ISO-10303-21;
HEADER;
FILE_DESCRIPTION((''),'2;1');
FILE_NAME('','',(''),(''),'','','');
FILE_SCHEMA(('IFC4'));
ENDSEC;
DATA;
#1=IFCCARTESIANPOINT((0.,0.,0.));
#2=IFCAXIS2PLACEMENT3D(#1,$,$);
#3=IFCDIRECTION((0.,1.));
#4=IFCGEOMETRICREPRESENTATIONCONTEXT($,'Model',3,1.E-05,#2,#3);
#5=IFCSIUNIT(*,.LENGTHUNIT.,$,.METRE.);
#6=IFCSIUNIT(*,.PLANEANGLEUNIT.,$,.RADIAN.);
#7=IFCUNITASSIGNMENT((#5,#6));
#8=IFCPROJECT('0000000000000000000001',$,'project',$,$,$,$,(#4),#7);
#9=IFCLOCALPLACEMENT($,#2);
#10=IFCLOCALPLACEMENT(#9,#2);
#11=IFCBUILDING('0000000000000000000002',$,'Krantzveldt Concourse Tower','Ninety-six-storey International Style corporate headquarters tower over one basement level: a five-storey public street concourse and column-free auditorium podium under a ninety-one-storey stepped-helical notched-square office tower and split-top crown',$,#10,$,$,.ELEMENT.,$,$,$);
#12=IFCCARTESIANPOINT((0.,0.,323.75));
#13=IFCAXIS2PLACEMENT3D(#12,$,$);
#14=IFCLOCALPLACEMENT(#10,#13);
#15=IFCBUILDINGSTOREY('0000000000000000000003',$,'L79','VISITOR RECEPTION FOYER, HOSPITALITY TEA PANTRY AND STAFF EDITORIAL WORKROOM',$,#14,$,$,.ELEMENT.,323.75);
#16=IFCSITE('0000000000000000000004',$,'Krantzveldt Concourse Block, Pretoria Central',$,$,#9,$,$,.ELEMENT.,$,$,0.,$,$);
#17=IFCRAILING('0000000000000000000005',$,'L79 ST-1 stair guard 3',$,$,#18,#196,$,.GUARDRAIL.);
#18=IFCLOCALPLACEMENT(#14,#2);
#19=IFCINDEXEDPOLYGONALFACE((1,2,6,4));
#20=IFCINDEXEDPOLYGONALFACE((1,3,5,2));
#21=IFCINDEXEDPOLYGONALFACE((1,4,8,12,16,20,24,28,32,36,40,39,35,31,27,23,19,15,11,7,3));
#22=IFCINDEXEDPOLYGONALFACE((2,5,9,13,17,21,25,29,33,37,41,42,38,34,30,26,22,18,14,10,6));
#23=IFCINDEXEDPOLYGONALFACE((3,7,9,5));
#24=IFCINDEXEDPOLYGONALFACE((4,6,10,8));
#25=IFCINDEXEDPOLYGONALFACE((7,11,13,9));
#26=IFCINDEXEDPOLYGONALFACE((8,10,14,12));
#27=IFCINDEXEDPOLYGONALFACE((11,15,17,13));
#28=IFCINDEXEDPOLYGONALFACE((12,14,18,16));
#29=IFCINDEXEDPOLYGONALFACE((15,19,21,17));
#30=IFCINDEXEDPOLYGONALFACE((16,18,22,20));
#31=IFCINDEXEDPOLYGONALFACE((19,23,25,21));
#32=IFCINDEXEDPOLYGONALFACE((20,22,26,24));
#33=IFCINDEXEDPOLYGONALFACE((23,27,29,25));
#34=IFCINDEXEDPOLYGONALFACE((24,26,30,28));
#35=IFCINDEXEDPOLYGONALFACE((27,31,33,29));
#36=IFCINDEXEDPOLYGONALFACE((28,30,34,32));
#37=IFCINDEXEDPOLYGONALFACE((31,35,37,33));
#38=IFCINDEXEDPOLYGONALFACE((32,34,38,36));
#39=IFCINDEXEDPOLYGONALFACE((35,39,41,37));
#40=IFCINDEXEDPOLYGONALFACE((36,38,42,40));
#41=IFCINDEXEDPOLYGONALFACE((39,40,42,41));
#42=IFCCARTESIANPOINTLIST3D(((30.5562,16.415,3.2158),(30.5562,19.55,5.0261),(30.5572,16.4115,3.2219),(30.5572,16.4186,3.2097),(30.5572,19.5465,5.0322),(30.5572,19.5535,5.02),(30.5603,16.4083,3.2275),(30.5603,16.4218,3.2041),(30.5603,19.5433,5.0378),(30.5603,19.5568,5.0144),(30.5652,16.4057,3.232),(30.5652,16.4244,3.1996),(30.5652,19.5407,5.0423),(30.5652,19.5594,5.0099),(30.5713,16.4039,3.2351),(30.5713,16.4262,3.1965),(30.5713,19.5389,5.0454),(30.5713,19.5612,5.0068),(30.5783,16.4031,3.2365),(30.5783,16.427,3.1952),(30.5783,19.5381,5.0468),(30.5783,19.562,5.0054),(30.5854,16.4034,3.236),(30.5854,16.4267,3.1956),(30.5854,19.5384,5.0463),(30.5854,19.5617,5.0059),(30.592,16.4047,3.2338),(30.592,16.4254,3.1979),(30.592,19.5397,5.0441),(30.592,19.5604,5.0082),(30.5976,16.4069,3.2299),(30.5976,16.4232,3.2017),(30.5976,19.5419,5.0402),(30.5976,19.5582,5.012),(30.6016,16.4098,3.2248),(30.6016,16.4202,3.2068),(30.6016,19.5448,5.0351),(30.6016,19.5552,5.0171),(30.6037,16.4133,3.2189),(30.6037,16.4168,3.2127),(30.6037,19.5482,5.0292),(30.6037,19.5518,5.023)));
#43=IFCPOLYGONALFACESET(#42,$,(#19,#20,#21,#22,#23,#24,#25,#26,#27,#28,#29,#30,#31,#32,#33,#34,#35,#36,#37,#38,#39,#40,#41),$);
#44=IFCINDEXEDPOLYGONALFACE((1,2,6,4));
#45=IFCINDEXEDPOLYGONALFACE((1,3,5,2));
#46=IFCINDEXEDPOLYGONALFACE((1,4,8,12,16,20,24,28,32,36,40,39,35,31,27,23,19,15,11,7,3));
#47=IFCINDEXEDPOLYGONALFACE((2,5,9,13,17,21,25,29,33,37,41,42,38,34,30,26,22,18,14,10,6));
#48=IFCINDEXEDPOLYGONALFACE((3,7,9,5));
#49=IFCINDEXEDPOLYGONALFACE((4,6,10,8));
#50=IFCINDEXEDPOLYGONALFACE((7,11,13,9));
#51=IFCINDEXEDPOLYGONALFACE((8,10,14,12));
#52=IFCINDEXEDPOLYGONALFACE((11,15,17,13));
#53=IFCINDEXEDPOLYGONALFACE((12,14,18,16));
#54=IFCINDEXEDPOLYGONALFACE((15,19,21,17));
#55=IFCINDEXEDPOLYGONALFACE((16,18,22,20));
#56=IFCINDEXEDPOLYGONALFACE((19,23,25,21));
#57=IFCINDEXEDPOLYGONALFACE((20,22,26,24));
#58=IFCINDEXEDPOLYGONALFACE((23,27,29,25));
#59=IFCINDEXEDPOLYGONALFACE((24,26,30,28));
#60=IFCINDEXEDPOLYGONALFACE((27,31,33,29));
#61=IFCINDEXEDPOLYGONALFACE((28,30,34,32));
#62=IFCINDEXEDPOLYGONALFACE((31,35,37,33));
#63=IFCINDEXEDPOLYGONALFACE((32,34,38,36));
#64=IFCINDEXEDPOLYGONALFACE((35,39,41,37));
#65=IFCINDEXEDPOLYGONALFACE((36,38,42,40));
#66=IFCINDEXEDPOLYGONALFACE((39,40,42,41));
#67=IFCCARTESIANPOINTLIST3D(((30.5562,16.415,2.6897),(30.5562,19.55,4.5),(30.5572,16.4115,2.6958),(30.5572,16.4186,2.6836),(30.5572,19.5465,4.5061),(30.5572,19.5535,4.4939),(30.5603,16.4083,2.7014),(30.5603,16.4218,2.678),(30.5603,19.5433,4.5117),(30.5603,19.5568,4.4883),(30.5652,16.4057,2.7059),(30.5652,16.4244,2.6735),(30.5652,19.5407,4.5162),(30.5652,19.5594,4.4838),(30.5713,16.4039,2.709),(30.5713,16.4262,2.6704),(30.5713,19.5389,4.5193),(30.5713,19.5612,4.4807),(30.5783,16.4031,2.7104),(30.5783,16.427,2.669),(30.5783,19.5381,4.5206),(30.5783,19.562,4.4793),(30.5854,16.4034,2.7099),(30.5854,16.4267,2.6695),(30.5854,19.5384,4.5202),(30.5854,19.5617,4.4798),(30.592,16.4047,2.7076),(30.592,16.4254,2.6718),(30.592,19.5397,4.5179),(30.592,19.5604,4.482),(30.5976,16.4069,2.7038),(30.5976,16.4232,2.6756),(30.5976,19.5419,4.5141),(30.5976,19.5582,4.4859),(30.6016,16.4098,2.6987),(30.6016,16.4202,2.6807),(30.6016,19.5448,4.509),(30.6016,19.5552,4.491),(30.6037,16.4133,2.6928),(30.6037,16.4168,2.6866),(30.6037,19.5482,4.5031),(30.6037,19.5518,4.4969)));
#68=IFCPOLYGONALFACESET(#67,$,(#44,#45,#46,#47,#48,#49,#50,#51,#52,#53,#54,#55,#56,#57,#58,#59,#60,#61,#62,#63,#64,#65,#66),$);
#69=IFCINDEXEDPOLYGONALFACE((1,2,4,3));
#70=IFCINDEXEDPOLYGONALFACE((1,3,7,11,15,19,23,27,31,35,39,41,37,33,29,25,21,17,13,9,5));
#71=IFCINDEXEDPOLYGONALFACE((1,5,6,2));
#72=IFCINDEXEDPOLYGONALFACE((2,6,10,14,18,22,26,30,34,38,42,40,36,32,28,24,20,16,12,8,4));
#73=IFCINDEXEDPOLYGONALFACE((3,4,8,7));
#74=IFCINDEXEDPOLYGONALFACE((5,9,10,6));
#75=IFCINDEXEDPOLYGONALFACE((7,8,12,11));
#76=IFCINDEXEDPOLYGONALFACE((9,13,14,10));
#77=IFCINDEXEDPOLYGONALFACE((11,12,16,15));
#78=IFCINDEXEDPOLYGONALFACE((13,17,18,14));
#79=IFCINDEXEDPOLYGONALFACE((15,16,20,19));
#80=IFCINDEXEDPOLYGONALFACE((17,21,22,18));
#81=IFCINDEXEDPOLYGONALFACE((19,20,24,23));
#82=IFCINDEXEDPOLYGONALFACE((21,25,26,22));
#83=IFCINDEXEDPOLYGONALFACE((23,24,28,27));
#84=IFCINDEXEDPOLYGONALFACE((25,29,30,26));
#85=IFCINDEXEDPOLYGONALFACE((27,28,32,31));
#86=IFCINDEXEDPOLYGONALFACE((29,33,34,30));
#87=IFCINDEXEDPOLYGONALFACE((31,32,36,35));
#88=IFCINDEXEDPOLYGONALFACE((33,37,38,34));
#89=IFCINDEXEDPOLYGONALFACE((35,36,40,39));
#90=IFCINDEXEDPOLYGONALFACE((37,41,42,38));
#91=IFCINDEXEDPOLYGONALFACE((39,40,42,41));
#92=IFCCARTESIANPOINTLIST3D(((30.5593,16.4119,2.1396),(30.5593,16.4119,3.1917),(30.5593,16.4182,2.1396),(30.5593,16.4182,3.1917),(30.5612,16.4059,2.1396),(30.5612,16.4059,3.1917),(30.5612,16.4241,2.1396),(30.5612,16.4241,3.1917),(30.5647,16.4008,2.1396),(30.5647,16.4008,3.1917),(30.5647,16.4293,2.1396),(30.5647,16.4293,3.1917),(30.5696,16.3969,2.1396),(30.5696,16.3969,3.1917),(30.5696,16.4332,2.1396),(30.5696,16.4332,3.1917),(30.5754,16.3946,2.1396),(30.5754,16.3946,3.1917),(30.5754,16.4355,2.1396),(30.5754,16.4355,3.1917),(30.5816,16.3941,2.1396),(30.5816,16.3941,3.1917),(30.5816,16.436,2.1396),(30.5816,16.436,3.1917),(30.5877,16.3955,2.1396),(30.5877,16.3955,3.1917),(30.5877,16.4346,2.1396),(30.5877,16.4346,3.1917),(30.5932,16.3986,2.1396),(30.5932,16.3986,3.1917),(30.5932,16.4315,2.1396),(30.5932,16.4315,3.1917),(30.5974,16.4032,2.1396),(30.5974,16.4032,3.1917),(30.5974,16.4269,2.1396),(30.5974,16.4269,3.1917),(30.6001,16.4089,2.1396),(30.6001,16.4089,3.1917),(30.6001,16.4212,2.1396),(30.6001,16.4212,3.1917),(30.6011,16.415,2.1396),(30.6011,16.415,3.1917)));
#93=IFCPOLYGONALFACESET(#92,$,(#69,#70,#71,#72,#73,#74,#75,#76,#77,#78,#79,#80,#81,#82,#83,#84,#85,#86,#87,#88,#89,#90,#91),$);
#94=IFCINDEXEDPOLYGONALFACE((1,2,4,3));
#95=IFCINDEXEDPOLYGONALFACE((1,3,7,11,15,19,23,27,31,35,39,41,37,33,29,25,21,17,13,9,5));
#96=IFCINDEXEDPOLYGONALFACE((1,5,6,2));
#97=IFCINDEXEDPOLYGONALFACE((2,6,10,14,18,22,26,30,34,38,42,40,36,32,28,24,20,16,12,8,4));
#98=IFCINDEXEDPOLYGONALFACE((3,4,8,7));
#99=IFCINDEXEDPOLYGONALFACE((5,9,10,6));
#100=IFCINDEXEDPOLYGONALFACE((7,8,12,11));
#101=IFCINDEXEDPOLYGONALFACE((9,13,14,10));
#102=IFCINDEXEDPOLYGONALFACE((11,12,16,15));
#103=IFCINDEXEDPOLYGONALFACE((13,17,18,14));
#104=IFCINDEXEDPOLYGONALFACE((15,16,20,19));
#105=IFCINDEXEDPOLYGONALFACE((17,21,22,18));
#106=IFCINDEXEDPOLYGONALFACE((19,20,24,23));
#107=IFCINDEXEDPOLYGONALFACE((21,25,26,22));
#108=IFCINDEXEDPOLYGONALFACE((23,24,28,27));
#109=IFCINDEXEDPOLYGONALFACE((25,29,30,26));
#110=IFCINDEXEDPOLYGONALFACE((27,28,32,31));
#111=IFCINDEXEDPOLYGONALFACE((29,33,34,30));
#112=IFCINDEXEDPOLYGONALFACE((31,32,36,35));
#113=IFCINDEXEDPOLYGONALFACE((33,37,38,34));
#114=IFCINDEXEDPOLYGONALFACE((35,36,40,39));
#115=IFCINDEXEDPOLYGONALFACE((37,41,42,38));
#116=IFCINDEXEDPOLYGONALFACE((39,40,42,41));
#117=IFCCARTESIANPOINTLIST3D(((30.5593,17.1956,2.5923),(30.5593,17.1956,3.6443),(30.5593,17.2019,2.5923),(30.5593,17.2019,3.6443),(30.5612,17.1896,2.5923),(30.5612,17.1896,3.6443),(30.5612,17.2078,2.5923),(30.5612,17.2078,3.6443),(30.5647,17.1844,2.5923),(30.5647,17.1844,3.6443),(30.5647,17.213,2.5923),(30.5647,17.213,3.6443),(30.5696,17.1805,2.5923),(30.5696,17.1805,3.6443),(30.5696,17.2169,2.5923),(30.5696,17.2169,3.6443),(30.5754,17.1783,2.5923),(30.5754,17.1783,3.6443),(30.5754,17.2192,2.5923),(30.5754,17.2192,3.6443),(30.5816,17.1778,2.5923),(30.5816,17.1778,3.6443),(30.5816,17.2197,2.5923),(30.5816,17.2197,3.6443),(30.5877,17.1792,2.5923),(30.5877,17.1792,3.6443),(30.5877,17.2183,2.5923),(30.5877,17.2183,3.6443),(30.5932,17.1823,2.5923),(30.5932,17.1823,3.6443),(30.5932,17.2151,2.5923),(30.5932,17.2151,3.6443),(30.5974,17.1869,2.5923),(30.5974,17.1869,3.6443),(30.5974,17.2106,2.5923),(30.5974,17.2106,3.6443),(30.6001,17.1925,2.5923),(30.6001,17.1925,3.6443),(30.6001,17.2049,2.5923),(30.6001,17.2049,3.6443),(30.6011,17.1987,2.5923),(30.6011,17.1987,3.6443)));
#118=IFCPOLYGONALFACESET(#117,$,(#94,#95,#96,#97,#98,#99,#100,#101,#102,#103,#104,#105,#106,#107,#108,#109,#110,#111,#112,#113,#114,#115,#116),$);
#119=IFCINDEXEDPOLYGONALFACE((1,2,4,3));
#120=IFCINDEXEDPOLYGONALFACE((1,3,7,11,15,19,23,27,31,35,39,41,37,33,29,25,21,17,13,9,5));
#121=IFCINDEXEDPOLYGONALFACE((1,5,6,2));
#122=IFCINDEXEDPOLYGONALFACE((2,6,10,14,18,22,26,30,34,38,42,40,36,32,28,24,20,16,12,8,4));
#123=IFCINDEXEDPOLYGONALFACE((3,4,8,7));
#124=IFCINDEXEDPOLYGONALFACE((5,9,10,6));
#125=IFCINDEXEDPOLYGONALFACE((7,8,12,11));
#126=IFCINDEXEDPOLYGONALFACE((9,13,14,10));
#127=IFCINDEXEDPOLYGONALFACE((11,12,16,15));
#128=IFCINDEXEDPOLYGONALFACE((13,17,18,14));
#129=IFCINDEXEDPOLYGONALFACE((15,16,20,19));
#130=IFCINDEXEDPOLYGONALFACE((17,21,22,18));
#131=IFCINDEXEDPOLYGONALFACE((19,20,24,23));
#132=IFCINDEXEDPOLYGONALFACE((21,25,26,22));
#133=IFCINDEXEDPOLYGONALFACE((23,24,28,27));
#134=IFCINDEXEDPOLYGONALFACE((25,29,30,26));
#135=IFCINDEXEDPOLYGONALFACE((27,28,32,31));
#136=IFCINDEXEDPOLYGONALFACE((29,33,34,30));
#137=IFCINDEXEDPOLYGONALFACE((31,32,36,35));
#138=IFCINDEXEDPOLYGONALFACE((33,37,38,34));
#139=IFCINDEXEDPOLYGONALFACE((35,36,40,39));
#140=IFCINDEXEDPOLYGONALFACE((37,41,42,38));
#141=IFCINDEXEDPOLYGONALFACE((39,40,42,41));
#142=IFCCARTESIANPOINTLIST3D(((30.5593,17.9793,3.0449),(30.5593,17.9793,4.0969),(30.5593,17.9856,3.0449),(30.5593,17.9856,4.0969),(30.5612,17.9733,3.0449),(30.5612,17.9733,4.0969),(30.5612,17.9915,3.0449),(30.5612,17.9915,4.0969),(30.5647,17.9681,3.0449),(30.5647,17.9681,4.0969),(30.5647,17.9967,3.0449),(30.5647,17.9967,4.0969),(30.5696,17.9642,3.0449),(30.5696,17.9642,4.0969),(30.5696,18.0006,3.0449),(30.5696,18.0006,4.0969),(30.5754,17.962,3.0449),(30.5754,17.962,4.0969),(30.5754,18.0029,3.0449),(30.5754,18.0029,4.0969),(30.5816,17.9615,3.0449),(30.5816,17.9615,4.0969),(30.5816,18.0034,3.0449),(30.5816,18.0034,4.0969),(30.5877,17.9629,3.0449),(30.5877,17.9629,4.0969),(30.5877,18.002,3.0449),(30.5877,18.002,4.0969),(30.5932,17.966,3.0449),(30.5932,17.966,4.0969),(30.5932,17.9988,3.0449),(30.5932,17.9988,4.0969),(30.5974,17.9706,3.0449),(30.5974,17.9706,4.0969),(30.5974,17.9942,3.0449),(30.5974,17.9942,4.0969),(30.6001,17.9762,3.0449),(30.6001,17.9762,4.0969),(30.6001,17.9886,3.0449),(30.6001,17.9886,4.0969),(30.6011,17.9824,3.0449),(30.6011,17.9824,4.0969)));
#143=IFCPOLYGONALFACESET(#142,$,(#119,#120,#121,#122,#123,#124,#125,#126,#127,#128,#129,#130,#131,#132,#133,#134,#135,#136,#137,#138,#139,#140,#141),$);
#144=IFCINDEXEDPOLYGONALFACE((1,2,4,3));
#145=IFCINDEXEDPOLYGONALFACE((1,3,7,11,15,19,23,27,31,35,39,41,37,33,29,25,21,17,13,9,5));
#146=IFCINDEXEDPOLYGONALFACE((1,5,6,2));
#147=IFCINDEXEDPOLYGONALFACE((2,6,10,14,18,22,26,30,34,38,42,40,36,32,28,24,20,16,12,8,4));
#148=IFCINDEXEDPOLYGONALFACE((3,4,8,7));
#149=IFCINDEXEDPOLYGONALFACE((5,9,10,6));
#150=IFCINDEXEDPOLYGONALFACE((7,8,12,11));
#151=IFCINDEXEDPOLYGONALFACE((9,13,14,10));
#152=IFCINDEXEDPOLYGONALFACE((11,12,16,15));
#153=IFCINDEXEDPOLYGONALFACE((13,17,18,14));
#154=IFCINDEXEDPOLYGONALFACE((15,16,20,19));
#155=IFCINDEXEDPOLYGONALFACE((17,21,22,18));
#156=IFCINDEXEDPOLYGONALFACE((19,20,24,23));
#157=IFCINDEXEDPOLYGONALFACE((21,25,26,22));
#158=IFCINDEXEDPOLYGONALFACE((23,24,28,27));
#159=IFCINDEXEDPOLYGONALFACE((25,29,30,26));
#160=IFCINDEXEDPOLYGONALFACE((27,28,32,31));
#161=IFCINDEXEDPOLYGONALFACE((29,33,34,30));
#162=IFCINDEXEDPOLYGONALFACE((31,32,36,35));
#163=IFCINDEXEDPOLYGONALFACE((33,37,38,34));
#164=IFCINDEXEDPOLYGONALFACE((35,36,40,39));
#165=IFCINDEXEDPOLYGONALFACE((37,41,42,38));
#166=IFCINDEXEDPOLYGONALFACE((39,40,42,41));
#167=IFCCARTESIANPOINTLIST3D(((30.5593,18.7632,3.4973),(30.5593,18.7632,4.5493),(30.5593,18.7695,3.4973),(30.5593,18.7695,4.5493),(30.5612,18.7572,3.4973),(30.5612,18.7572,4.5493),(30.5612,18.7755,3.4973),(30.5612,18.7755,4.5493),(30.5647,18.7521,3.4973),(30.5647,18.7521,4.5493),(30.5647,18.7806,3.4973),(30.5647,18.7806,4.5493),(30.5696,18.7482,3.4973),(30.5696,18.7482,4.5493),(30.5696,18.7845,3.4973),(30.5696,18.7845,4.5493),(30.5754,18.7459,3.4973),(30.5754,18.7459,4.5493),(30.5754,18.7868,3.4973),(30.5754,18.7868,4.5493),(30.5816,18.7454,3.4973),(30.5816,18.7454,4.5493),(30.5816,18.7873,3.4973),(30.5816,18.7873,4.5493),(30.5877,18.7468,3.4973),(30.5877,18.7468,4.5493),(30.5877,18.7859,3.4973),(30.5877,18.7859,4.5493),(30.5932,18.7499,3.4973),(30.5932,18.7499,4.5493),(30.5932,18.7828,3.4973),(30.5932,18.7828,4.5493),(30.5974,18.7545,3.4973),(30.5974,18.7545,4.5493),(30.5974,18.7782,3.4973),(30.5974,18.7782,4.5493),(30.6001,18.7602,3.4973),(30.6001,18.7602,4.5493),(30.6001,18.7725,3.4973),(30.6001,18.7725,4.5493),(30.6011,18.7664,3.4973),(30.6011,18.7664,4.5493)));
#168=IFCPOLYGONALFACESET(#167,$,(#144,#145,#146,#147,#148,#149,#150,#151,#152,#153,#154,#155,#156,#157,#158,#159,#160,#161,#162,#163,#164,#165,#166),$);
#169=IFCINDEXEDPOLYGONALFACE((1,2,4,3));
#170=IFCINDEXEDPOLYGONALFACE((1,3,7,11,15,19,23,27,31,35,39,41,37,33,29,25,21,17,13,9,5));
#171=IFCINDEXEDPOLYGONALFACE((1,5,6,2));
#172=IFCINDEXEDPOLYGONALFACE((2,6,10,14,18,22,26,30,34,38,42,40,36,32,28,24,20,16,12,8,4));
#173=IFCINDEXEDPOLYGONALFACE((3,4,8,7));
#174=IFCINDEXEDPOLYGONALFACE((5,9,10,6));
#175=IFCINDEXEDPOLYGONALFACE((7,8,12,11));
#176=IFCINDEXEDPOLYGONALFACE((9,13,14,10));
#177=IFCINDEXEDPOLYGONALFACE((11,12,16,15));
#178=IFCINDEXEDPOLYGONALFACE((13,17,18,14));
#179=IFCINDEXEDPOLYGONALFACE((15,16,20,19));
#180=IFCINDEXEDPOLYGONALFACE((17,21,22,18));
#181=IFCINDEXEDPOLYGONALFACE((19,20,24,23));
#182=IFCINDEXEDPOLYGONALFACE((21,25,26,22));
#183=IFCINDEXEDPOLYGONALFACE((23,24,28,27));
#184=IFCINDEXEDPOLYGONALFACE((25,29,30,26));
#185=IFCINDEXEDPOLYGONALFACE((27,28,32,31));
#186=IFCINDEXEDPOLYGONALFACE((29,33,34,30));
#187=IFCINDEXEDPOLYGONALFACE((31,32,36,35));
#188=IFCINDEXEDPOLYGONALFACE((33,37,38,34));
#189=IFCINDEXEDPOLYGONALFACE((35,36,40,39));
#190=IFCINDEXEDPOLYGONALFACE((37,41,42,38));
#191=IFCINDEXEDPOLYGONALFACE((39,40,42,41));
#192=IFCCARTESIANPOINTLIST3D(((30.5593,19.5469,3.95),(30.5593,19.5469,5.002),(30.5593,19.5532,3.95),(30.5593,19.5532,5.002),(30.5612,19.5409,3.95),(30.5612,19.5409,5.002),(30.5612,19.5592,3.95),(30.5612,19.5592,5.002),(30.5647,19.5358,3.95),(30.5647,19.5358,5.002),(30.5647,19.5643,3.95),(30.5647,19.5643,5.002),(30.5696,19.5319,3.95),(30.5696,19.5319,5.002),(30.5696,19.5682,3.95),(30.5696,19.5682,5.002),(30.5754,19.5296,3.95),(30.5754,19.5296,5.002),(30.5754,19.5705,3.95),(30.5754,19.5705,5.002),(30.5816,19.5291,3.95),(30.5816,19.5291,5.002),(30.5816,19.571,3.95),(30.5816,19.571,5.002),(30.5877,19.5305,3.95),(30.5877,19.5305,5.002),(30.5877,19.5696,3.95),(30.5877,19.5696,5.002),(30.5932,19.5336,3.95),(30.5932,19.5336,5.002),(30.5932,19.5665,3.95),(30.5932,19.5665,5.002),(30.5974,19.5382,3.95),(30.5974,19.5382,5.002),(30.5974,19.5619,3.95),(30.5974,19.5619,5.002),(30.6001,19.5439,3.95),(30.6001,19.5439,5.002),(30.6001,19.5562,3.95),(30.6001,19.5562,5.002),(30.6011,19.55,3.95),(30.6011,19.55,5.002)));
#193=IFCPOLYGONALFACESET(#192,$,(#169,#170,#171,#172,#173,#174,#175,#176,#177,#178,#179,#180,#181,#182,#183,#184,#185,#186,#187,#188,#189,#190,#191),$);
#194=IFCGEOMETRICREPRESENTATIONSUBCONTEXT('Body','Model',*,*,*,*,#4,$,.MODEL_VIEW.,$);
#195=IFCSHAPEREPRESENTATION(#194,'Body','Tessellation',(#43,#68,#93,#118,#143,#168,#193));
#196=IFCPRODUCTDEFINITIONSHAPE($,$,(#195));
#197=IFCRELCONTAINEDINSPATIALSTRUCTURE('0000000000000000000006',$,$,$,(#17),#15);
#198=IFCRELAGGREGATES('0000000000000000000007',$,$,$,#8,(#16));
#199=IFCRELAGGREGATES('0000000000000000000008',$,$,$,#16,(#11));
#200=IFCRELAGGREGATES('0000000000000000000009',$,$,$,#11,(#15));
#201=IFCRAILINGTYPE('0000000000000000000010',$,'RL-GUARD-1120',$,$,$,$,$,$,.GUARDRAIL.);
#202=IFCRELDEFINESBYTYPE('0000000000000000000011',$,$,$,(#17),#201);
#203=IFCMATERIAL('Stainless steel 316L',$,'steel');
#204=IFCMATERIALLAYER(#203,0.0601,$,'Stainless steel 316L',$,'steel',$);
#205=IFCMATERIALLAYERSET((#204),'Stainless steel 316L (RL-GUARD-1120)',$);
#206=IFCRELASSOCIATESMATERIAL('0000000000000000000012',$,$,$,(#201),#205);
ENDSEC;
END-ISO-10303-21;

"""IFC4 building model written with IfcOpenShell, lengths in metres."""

from ifc_helpers import new_model, si_unit, direction, frame, origin, origin_2d, place, context, subcontext, project, spatial, circle, extrude, material, layer, layer_set, type_object, element, save


model = new_model("IFC4")

# Units and contexts
model_context = context("Model", 3, precision=1e-05, world=origin(), true_north=direction((0.0, 1.0)))
body_context = subcontext(model_context, "Body", "Model", "MODEL_VIEW")
ifc_project = project(units=[si_unit("LENGTHUNIT", "METRE"), si_unit("PLANEANGLEUNIT", "RADIAN")], contexts=[model_context])

# Site, building, storey
site_placement = place(None, origin())
site = spatial("IfcSite", under=ifc_project, at=site_placement, Name="Krantzveldt Concourse Block, Pretoria Central", CompositionType="ELEMENT", RefElevation=0.0)
building_placement = place(site_placement, origin())
building = spatial("IfcBuilding", under=site, at=building_placement, Name="Krantzveldt Concourse Tower", Description="Ninety-six-storey International Style corporate headquarters tower over one basement level: a five-storey public street concourse and column-free auditorium podium under a ninety-one-storey stepped-helical notched-square office tower and split-top crown", CompositionType="ELEMENT")
storey_placement = place(building_placement, frame((0.0, 0.0, 323.75)))
storey = spatial("IfcBuildingStorey", under=building, at=storey_placement, Name="L79", Description="VISITOR RECEPTION FOYER, HOSPITALITY TEA PANTRY AND STAFF EDITORIAL WORKROOM", CompositionType="ELEMENT", Elevation=323.75)

# Shared definitions
ifc_material_1 = material(Name="Stainless steel 316L", Category="steel")

# Railing
ifc_layer_1 = layer(ifc_material_1, 0.0601, Name="Stainless steel 316L", Category="steel")
ifc_layer_set_1 = layer_set([ifc_layer_1], Name="Stainless steel 316L (RL-GUARD-1120)")
railing_type_1 = type_object("IfcRailingType", Name="RL-GUARD-1120", PredefinedType="GUARDRAIL", material=ifc_layer_set_1)
railing_1_placement = place(storey_placement, frame((30.5801, 16.415, 2.1396)))
element("IfcRailing", 1, at=railing_1_placement, inside=storey, type_object=railing_type_1, Name="L79 ST-1 stair guard 3", PredefinedType="GUARDRAIL", context=body_context, shape_type="SweptSolid", body=[
    extrude(circle(Radius=0.0239, at=origin_2d()), frame((0.0, 0.0, 1.0762), z_axis=(0.0, 0.865989, 0.500063), x_axis=(-1.0, 0.0, 0.0)), (0.0, 0.0, 1.0), 3.6201),
    extrude(circle(Radius=0.0239, at=origin_2d()), frame((0.0, 0.0, 0.55), z_axis=(0.0, 0.865989, 0.500063), x_axis=(-1.0, 0.0, 0.0)), (0.0, 0.0, 1.0), 3.6201),
    extrude(circle(Radius=0.021, at=origin_2d()), origin(), (0.0, 0.0, 1.0), 1.052),
    extrude(circle(Radius=0.021, at=origin_2d()), frame((0.0, 0.7837, 0.4526)), (0.0, 0.0, 1.0), 1.052),
    extrude(circle(Radius=0.021, at=origin_2d()), frame((0.0, 1.5674, 0.9053)), (0.0, 0.0, 1.0), 1.052),
    extrude(circle(Radius=0.021, at=origin_2d()), frame((0.0, 2.3513, 1.3577)), (0.0, 0.0, 1.0), 1.052),
    extrude(circle(Radius=0.021, at=origin_2d()), frame((0.0, 3.135, 1.8103)), (0.0, 0.0, 1.0), 1.052),
])

save(model, "model.ifc")
